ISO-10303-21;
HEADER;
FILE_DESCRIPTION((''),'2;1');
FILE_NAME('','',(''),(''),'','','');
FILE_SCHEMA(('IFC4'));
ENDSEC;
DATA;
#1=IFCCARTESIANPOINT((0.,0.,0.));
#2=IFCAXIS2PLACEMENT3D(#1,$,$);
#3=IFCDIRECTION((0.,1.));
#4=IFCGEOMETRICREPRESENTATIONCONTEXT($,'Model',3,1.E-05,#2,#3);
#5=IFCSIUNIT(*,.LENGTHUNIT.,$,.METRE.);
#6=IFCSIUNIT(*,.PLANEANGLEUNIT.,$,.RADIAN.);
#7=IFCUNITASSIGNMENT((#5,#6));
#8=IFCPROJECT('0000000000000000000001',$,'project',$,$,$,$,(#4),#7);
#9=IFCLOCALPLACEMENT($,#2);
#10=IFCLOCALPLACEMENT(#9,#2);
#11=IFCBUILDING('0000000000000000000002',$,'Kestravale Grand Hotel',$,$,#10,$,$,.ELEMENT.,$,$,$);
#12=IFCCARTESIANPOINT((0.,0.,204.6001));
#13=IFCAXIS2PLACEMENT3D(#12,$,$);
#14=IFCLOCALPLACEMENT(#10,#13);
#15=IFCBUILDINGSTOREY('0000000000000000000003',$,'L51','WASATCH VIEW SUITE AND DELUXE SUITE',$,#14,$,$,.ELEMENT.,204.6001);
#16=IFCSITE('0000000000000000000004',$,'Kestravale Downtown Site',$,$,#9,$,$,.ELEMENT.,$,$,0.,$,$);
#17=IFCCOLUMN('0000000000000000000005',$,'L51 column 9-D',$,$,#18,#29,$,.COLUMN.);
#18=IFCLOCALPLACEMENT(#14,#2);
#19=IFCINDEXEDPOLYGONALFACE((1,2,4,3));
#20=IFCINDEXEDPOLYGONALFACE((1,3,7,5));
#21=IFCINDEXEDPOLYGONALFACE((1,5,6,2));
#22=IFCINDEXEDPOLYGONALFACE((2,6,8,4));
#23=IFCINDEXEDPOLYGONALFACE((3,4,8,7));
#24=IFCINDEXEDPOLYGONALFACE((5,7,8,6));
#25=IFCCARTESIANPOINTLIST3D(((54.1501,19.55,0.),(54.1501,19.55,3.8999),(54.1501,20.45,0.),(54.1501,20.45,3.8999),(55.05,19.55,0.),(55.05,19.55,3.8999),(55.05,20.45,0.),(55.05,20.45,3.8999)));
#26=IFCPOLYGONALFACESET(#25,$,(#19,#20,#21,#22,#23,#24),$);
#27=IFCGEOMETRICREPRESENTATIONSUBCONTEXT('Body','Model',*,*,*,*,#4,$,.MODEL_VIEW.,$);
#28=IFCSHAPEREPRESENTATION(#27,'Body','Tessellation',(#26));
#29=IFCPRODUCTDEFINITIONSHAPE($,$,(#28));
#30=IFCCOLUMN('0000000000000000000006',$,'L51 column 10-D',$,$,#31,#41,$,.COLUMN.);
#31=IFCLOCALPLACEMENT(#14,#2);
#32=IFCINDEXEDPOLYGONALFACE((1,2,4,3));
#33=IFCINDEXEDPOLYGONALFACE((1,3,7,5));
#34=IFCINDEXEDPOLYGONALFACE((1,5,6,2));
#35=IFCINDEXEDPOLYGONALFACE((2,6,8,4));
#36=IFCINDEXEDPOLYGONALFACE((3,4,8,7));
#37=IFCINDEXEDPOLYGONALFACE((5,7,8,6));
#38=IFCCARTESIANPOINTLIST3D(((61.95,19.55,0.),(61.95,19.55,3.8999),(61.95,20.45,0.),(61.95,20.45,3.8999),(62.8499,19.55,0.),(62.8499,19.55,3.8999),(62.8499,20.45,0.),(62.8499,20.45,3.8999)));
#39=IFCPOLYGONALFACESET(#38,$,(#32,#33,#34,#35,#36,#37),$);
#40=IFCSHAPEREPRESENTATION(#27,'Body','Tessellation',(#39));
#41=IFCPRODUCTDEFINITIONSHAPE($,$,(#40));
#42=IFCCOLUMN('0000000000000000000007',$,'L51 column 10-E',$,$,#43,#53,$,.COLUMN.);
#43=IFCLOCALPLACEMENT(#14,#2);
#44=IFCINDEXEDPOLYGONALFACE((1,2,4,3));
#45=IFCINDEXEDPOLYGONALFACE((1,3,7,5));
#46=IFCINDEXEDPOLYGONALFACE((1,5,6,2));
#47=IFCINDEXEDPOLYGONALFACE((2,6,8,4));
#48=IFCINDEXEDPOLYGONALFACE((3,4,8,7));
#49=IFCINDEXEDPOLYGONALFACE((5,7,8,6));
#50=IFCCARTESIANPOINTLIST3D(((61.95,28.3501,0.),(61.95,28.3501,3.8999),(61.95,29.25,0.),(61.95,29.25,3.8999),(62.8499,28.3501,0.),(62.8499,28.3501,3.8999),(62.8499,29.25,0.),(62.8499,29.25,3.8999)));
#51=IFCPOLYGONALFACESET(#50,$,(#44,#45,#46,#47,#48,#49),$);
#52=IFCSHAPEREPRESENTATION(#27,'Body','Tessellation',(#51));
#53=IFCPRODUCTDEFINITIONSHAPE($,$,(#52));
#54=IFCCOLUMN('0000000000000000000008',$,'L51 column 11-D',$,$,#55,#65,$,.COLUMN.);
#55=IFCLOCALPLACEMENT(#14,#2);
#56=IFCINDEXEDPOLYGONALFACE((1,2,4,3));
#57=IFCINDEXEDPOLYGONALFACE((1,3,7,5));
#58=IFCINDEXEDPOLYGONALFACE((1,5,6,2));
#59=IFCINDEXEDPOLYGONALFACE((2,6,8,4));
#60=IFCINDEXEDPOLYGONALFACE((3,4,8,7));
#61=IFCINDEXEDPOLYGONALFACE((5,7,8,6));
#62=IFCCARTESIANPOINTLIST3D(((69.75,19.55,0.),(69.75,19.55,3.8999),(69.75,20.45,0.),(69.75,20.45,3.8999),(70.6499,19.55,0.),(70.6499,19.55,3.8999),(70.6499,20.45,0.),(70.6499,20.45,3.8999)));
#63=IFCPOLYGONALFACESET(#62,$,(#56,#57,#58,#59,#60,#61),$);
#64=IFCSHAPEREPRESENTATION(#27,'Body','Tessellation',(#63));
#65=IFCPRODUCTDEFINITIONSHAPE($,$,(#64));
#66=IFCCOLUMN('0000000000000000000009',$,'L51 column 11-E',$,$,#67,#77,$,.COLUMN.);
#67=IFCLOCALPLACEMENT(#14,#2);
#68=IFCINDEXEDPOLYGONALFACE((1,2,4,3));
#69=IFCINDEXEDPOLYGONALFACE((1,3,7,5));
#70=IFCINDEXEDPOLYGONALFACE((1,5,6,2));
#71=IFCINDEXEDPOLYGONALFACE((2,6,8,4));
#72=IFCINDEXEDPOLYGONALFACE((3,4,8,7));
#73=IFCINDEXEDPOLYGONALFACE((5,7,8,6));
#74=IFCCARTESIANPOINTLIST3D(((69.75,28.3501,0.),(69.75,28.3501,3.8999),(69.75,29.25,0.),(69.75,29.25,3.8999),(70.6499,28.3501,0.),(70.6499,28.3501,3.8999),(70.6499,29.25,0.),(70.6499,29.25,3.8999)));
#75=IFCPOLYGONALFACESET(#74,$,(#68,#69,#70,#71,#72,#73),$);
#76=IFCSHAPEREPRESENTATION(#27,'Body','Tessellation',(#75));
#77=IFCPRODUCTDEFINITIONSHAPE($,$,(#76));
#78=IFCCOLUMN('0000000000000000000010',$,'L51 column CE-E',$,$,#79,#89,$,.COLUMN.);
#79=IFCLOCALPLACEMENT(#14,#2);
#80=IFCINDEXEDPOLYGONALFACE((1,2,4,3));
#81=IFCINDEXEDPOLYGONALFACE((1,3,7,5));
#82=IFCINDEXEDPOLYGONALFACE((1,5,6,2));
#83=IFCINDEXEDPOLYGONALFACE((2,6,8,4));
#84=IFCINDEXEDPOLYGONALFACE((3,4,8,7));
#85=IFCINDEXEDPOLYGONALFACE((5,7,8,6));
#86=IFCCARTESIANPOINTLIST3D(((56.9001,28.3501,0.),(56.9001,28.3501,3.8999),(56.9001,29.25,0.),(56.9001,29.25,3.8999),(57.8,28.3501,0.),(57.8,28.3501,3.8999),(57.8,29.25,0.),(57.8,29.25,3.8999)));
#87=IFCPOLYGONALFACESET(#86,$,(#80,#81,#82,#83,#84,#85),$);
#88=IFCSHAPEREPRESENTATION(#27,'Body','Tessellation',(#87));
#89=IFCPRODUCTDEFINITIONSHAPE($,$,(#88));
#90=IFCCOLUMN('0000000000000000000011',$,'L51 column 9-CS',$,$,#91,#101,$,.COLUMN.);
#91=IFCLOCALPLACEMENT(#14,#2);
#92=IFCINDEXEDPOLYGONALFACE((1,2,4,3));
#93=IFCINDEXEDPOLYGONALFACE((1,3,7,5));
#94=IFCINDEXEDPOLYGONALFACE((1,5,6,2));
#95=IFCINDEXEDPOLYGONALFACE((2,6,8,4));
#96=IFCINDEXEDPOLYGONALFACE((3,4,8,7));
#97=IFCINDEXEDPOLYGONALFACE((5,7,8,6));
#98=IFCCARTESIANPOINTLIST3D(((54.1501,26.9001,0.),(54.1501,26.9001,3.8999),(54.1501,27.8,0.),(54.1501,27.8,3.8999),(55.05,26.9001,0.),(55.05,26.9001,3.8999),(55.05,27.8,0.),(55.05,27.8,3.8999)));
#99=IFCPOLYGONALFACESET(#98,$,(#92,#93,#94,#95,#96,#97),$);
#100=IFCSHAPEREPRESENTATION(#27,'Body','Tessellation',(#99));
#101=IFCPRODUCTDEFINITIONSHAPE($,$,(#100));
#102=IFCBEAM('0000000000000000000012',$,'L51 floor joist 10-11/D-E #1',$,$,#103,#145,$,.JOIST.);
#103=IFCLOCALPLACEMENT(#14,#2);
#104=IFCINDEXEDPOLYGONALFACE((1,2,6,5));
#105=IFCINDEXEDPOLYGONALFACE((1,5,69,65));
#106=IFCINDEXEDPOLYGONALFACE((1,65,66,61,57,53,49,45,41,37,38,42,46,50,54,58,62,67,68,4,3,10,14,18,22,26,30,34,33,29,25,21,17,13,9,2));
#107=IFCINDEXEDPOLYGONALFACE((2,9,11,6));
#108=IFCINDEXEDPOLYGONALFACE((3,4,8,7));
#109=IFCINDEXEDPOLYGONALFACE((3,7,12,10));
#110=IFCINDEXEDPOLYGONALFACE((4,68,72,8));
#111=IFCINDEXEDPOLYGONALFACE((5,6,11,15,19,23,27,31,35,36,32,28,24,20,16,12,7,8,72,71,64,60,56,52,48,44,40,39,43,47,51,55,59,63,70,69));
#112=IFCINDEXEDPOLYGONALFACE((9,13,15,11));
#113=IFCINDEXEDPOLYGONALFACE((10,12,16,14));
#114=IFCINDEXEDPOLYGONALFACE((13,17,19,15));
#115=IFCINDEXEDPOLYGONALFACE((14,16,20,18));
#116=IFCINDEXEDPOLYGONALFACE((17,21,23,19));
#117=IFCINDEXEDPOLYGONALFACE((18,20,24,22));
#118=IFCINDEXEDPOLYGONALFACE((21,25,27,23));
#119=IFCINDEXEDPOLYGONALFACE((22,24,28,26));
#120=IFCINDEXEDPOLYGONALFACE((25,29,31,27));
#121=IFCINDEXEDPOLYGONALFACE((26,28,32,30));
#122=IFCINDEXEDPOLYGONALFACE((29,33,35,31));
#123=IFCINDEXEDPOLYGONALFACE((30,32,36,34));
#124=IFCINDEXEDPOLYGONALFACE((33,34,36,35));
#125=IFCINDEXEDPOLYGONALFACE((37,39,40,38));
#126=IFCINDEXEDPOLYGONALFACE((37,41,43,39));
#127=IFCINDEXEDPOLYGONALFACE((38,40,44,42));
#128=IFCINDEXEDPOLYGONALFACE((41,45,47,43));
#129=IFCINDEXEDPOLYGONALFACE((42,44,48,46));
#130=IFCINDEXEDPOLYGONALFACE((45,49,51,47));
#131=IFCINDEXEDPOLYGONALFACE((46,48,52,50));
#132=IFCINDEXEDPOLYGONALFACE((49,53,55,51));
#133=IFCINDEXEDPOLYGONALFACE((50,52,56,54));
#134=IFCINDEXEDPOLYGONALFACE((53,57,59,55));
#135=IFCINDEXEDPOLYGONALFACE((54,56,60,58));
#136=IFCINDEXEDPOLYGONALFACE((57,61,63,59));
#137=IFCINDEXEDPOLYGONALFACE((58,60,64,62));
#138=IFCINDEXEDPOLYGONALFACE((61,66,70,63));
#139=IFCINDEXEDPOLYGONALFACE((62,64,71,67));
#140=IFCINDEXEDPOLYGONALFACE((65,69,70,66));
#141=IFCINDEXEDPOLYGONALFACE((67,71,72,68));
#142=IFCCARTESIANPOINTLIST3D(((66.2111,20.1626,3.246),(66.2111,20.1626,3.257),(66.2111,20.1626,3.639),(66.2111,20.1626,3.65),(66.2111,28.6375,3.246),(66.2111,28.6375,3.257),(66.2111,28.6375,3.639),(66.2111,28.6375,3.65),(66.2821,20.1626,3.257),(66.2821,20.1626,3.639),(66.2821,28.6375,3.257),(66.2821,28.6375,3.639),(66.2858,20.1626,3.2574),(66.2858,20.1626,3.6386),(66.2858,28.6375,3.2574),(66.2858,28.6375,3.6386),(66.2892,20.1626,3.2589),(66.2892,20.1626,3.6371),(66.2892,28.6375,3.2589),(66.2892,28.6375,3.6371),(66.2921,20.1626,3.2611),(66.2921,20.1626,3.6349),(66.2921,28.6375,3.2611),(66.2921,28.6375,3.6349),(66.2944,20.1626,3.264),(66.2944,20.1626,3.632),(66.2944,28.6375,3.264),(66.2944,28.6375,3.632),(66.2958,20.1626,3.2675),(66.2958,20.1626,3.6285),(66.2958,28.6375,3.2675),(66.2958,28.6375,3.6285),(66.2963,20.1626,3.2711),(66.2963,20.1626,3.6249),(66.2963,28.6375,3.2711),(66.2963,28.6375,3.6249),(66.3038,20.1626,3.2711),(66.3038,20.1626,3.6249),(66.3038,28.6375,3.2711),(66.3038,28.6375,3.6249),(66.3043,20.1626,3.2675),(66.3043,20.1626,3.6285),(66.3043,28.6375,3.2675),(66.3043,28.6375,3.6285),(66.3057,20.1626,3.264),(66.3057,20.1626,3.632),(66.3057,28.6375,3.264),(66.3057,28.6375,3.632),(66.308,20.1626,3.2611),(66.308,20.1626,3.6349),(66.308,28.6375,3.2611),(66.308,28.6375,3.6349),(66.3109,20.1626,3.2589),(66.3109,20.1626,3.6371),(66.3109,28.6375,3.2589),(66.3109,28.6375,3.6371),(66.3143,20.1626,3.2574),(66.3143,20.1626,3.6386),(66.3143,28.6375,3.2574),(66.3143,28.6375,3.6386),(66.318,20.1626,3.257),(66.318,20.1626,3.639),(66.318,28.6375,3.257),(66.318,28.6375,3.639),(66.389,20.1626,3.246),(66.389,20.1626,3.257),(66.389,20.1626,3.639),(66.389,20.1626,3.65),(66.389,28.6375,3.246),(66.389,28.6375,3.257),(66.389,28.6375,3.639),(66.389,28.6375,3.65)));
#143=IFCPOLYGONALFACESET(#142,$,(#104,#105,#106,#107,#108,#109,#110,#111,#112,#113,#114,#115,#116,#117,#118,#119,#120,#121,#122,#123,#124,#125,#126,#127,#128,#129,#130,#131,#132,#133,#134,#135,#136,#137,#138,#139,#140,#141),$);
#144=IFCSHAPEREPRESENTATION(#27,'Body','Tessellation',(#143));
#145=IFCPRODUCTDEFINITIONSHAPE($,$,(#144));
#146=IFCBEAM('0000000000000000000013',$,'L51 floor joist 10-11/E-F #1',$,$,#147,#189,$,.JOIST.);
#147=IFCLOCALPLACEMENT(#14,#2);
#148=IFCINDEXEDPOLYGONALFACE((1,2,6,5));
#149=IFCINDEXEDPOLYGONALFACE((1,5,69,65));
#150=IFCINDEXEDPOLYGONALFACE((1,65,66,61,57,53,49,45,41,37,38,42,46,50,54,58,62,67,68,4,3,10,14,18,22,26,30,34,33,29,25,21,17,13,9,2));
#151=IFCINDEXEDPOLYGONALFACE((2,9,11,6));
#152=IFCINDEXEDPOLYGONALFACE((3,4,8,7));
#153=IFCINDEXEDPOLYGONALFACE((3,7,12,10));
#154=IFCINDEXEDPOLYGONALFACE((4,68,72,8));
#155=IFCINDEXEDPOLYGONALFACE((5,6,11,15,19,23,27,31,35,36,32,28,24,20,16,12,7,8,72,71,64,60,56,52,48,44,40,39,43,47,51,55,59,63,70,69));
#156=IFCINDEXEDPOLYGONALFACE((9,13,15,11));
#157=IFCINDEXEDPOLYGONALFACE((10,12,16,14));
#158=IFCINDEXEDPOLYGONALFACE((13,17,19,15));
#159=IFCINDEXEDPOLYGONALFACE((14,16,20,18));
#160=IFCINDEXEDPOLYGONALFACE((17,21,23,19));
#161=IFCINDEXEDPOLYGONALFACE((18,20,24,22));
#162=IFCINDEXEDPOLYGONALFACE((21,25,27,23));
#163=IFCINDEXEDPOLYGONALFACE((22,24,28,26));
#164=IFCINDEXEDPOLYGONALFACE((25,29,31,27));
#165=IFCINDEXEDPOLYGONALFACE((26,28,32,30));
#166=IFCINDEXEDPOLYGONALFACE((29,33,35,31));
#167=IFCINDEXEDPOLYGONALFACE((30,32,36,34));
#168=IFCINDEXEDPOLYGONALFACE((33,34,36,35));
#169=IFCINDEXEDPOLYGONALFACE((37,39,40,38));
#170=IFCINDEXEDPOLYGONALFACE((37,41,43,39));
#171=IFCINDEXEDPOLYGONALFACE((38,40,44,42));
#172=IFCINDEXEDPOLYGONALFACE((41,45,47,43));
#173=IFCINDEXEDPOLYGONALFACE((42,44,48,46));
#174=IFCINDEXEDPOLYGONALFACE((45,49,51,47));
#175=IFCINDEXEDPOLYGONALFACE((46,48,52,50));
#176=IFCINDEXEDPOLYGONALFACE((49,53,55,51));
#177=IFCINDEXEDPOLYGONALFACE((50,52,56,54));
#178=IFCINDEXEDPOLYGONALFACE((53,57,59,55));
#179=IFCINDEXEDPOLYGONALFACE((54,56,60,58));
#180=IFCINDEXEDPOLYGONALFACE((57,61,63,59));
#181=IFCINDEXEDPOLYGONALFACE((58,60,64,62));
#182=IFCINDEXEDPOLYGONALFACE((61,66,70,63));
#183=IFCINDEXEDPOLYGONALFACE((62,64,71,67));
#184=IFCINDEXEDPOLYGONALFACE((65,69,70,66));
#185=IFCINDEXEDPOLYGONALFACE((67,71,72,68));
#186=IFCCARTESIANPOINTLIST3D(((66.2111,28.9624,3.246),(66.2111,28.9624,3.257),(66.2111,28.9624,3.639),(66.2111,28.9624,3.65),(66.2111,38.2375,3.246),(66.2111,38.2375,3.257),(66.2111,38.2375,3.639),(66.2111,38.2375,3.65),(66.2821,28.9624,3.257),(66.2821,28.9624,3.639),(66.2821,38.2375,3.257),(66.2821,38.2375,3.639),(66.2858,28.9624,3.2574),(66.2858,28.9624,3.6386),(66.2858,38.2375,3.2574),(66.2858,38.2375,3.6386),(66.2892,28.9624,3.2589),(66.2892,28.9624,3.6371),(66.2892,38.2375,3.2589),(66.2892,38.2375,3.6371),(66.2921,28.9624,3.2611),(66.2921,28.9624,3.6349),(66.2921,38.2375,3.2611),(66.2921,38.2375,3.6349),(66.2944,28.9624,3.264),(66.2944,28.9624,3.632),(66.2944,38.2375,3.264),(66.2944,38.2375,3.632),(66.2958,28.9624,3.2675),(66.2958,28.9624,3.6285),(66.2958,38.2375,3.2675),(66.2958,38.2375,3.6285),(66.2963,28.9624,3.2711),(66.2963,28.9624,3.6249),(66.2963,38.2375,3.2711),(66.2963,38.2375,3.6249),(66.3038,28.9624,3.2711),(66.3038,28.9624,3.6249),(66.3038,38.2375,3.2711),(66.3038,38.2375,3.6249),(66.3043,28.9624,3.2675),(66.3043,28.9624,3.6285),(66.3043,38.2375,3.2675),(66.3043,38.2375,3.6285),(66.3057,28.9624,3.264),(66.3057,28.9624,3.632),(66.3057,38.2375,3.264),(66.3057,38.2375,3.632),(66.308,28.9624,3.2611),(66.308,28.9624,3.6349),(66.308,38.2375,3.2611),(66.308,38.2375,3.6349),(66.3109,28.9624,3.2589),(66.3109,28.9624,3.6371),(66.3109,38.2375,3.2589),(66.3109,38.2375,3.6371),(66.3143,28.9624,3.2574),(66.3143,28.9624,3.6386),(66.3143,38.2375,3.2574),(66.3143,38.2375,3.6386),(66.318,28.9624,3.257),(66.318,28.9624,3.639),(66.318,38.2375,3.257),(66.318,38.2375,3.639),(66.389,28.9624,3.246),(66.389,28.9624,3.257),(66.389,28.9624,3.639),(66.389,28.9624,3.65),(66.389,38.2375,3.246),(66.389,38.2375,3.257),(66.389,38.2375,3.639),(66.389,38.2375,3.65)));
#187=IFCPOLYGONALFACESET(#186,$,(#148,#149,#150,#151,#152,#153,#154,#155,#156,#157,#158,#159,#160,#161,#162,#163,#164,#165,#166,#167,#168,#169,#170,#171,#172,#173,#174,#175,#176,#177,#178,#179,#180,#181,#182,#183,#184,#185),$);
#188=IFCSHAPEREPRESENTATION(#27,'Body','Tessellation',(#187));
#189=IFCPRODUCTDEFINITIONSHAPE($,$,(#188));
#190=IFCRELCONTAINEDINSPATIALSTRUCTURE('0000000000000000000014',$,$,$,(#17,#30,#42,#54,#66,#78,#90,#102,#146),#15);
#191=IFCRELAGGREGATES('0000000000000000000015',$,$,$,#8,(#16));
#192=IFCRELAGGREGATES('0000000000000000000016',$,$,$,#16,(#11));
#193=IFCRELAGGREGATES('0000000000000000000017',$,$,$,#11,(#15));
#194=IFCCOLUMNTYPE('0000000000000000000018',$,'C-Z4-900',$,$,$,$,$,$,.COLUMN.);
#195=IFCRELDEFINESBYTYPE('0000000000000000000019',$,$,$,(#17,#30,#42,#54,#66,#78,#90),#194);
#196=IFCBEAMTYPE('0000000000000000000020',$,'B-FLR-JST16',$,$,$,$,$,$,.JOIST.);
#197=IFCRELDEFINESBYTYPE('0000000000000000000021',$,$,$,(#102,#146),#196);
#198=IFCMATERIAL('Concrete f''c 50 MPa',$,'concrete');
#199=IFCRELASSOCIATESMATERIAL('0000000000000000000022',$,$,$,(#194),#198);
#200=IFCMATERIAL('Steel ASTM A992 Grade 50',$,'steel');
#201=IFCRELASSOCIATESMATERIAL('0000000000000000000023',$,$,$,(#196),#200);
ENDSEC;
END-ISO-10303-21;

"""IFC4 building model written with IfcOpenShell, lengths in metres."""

from ifc_helpers import new_model, si_unit, direction, frame, origin, origin_2d, place, context, subcontext, project, spatial, rectangle, i_section, extrude, material, material_profile, profile_set, type_object, element, save


model = new_model("IFC4")

# Units and contexts
model_context = context("Model", 3, precision=1e-05, world=origin(), true_north=direction((0.0, 1.0)))
body_context = subcontext(model_context, "Body", "Model", "MODEL_VIEW")
ifc_project = project(units=[si_unit("LENGTHUNIT", "METRE"), si_unit("PLANEANGLEUNIT", "RADIAN")], contexts=[model_context])

# Site, building, storey
site_placement = place(None, origin())
site = spatial("IfcSite", under=ifc_project, at=site_placement, Name="Kestravale Downtown Site", CompositionType="ELEMENT", RefElevation=0.0)
building_placement = place(site_placement, origin())
building = spatial("IfcBuilding", under=site, at=building_placement, Name="Kestravale Grand Hotel", CompositionType="ELEMENT")
storey_placement = place(building_placement, frame((0.0, 0.0, 204.6001)))
storey = spatial("IfcBuildingStorey", under=building, at=storey_placement, Name="L51", Description="WASATCH VIEW SUITE AND DELUXE SUITE", CompositionType="ELEMENT", Elevation=204.6001)

# Columns
ifc_material_1 = material(Name="Concrete f'c 50 MPa", Category="concrete")
ifc_material_profile_1 = material_profile(ifc_material_1, rectangle(XDim=0.8999, YDim=0.8999, at=origin_2d()))
ifc_profile_set_1 = profile_set([ifc_material_profile_1], Name="Concrete f'c 50 MPa")
column_type = type_object("IfcColumnType", Name="C-Z4-900", PredefinedType="COLUMN", material=ifc_profile_set_1)
for number, where, z_axis, x_axis, name in (
    (1, (54.6001, 20.0, 0.0), (0.0, 0.0, 1.0), (1.0, 0.0, 0.0), "L51 column 9-D"),
    (2, (62.3999, 20.0, 0.0), (0.0, 0.0, 1.0), (1.0, 0.0, 0.0), "L51 column 10-D"),
    (3, (62.3999, 28.8, 0.0), (0.0, 0.0, 1.0), (1.0, 0.0, 0.0), "L51 column 10-E"),
    (4, (70.2, 20.0, 0.0), (0.0, 0.0, 1.0), (1.0, 0.0, 0.0), "L51 column 11-D"),
    (5, (70.2, 28.8, 0.0), (0.0, 0.0, 1.0), (1.0, 0.0, 0.0), "L51 column 11-E"),
    (6, (57.3501, 28.8, 0.0), (0.0, 0.0, 1.0), (1.0, 0.0, 0.0), "L51 column CE-E"),
    (7, (54.6001, 27.3501, 0.0), (0.0, 0.0, 1.0), (1.0, 0.0, 0.0), "L51 column 9-CS"),
):
    element("IfcColumn", number, at=place(storey_placement, frame(where, z_axis=z_axis, x_axis=x_axis)), inside=storey, type_object=column_type, Name=name, PredefinedType="COLUMN", context=body_context, shape_type="SweptSolid", body=[
        extrude(rectangle(XDim=0.8999, YDim=0.8999, at=origin_2d()), origin(), (0.0, 0.0, 1.0), 3.8999),
    ])

# Beams
ifc_material_2 = material(Name="Steel ASTM A992 Grade 50", Category="steel")
ifc_material_profile_2 = material_profile(ifc_material_2, i_section(OverallWidth=0.178, OverallDepth=0.4041, WebThickness=0.0076, FlangeThickness=0.011, FilletRadius=0.0142, at=origin_2d()))
ifc_profile_set_2 = profile_set([ifc_material_profile_2], Name="Steel ASTM A992 Grade 50")
beam_type_1 = type_object("IfcBeamType", Name="B-FLR-JST16", PredefinedType="JOIST", material=ifc_profile_set_2)
beam_1_placement = place(storey_placement, frame((66.3, 20.1626, 3.448), z_axis=(0.0, 1.0, 0.0), x_axis=(-1.0, 0.0, 0.0)))
element("IfcBeam", 8, at=beam_1_placement, inside=storey, type_object=beam_type_1, Name="L51 floor joist 10-11/D-E #1", PredefinedType="JOIST", context=body_context, shape_type="SweptSolid", body=[
    extrude(i_section(OverallWidth=0.178, OverallDepth=0.4041, WebThickness=0.0076, FlangeThickness=0.011, FilletRadius=0.0142, at=origin_2d()), origin(), (0.0, 0.0, 1.0), 8.4749),
])
beam_2_placement = place(storey_placement, frame((66.3, 28.9624, 3.448), z_axis=(0.0, 1.0, 0.0), x_axis=(-1.0, 0.0, 0.0)))
element("IfcBeam", 9, at=beam_2_placement, inside=storey, type_object=beam_type_1, Name="L51 floor joist 10-11/E-F #1", PredefinedType="JOIST", context=body_context, shape_type="SweptSolid", body=[
    extrude(i_section(OverallWidth=0.178, OverallDepth=0.4041, WebThickness=0.0076, FlangeThickness=0.011, FilletRadius=0.0142, at=origin_2d()), origin(), (0.0, 0.0, 1.0), 9.2751),
])

save(model, "model.ifc")
